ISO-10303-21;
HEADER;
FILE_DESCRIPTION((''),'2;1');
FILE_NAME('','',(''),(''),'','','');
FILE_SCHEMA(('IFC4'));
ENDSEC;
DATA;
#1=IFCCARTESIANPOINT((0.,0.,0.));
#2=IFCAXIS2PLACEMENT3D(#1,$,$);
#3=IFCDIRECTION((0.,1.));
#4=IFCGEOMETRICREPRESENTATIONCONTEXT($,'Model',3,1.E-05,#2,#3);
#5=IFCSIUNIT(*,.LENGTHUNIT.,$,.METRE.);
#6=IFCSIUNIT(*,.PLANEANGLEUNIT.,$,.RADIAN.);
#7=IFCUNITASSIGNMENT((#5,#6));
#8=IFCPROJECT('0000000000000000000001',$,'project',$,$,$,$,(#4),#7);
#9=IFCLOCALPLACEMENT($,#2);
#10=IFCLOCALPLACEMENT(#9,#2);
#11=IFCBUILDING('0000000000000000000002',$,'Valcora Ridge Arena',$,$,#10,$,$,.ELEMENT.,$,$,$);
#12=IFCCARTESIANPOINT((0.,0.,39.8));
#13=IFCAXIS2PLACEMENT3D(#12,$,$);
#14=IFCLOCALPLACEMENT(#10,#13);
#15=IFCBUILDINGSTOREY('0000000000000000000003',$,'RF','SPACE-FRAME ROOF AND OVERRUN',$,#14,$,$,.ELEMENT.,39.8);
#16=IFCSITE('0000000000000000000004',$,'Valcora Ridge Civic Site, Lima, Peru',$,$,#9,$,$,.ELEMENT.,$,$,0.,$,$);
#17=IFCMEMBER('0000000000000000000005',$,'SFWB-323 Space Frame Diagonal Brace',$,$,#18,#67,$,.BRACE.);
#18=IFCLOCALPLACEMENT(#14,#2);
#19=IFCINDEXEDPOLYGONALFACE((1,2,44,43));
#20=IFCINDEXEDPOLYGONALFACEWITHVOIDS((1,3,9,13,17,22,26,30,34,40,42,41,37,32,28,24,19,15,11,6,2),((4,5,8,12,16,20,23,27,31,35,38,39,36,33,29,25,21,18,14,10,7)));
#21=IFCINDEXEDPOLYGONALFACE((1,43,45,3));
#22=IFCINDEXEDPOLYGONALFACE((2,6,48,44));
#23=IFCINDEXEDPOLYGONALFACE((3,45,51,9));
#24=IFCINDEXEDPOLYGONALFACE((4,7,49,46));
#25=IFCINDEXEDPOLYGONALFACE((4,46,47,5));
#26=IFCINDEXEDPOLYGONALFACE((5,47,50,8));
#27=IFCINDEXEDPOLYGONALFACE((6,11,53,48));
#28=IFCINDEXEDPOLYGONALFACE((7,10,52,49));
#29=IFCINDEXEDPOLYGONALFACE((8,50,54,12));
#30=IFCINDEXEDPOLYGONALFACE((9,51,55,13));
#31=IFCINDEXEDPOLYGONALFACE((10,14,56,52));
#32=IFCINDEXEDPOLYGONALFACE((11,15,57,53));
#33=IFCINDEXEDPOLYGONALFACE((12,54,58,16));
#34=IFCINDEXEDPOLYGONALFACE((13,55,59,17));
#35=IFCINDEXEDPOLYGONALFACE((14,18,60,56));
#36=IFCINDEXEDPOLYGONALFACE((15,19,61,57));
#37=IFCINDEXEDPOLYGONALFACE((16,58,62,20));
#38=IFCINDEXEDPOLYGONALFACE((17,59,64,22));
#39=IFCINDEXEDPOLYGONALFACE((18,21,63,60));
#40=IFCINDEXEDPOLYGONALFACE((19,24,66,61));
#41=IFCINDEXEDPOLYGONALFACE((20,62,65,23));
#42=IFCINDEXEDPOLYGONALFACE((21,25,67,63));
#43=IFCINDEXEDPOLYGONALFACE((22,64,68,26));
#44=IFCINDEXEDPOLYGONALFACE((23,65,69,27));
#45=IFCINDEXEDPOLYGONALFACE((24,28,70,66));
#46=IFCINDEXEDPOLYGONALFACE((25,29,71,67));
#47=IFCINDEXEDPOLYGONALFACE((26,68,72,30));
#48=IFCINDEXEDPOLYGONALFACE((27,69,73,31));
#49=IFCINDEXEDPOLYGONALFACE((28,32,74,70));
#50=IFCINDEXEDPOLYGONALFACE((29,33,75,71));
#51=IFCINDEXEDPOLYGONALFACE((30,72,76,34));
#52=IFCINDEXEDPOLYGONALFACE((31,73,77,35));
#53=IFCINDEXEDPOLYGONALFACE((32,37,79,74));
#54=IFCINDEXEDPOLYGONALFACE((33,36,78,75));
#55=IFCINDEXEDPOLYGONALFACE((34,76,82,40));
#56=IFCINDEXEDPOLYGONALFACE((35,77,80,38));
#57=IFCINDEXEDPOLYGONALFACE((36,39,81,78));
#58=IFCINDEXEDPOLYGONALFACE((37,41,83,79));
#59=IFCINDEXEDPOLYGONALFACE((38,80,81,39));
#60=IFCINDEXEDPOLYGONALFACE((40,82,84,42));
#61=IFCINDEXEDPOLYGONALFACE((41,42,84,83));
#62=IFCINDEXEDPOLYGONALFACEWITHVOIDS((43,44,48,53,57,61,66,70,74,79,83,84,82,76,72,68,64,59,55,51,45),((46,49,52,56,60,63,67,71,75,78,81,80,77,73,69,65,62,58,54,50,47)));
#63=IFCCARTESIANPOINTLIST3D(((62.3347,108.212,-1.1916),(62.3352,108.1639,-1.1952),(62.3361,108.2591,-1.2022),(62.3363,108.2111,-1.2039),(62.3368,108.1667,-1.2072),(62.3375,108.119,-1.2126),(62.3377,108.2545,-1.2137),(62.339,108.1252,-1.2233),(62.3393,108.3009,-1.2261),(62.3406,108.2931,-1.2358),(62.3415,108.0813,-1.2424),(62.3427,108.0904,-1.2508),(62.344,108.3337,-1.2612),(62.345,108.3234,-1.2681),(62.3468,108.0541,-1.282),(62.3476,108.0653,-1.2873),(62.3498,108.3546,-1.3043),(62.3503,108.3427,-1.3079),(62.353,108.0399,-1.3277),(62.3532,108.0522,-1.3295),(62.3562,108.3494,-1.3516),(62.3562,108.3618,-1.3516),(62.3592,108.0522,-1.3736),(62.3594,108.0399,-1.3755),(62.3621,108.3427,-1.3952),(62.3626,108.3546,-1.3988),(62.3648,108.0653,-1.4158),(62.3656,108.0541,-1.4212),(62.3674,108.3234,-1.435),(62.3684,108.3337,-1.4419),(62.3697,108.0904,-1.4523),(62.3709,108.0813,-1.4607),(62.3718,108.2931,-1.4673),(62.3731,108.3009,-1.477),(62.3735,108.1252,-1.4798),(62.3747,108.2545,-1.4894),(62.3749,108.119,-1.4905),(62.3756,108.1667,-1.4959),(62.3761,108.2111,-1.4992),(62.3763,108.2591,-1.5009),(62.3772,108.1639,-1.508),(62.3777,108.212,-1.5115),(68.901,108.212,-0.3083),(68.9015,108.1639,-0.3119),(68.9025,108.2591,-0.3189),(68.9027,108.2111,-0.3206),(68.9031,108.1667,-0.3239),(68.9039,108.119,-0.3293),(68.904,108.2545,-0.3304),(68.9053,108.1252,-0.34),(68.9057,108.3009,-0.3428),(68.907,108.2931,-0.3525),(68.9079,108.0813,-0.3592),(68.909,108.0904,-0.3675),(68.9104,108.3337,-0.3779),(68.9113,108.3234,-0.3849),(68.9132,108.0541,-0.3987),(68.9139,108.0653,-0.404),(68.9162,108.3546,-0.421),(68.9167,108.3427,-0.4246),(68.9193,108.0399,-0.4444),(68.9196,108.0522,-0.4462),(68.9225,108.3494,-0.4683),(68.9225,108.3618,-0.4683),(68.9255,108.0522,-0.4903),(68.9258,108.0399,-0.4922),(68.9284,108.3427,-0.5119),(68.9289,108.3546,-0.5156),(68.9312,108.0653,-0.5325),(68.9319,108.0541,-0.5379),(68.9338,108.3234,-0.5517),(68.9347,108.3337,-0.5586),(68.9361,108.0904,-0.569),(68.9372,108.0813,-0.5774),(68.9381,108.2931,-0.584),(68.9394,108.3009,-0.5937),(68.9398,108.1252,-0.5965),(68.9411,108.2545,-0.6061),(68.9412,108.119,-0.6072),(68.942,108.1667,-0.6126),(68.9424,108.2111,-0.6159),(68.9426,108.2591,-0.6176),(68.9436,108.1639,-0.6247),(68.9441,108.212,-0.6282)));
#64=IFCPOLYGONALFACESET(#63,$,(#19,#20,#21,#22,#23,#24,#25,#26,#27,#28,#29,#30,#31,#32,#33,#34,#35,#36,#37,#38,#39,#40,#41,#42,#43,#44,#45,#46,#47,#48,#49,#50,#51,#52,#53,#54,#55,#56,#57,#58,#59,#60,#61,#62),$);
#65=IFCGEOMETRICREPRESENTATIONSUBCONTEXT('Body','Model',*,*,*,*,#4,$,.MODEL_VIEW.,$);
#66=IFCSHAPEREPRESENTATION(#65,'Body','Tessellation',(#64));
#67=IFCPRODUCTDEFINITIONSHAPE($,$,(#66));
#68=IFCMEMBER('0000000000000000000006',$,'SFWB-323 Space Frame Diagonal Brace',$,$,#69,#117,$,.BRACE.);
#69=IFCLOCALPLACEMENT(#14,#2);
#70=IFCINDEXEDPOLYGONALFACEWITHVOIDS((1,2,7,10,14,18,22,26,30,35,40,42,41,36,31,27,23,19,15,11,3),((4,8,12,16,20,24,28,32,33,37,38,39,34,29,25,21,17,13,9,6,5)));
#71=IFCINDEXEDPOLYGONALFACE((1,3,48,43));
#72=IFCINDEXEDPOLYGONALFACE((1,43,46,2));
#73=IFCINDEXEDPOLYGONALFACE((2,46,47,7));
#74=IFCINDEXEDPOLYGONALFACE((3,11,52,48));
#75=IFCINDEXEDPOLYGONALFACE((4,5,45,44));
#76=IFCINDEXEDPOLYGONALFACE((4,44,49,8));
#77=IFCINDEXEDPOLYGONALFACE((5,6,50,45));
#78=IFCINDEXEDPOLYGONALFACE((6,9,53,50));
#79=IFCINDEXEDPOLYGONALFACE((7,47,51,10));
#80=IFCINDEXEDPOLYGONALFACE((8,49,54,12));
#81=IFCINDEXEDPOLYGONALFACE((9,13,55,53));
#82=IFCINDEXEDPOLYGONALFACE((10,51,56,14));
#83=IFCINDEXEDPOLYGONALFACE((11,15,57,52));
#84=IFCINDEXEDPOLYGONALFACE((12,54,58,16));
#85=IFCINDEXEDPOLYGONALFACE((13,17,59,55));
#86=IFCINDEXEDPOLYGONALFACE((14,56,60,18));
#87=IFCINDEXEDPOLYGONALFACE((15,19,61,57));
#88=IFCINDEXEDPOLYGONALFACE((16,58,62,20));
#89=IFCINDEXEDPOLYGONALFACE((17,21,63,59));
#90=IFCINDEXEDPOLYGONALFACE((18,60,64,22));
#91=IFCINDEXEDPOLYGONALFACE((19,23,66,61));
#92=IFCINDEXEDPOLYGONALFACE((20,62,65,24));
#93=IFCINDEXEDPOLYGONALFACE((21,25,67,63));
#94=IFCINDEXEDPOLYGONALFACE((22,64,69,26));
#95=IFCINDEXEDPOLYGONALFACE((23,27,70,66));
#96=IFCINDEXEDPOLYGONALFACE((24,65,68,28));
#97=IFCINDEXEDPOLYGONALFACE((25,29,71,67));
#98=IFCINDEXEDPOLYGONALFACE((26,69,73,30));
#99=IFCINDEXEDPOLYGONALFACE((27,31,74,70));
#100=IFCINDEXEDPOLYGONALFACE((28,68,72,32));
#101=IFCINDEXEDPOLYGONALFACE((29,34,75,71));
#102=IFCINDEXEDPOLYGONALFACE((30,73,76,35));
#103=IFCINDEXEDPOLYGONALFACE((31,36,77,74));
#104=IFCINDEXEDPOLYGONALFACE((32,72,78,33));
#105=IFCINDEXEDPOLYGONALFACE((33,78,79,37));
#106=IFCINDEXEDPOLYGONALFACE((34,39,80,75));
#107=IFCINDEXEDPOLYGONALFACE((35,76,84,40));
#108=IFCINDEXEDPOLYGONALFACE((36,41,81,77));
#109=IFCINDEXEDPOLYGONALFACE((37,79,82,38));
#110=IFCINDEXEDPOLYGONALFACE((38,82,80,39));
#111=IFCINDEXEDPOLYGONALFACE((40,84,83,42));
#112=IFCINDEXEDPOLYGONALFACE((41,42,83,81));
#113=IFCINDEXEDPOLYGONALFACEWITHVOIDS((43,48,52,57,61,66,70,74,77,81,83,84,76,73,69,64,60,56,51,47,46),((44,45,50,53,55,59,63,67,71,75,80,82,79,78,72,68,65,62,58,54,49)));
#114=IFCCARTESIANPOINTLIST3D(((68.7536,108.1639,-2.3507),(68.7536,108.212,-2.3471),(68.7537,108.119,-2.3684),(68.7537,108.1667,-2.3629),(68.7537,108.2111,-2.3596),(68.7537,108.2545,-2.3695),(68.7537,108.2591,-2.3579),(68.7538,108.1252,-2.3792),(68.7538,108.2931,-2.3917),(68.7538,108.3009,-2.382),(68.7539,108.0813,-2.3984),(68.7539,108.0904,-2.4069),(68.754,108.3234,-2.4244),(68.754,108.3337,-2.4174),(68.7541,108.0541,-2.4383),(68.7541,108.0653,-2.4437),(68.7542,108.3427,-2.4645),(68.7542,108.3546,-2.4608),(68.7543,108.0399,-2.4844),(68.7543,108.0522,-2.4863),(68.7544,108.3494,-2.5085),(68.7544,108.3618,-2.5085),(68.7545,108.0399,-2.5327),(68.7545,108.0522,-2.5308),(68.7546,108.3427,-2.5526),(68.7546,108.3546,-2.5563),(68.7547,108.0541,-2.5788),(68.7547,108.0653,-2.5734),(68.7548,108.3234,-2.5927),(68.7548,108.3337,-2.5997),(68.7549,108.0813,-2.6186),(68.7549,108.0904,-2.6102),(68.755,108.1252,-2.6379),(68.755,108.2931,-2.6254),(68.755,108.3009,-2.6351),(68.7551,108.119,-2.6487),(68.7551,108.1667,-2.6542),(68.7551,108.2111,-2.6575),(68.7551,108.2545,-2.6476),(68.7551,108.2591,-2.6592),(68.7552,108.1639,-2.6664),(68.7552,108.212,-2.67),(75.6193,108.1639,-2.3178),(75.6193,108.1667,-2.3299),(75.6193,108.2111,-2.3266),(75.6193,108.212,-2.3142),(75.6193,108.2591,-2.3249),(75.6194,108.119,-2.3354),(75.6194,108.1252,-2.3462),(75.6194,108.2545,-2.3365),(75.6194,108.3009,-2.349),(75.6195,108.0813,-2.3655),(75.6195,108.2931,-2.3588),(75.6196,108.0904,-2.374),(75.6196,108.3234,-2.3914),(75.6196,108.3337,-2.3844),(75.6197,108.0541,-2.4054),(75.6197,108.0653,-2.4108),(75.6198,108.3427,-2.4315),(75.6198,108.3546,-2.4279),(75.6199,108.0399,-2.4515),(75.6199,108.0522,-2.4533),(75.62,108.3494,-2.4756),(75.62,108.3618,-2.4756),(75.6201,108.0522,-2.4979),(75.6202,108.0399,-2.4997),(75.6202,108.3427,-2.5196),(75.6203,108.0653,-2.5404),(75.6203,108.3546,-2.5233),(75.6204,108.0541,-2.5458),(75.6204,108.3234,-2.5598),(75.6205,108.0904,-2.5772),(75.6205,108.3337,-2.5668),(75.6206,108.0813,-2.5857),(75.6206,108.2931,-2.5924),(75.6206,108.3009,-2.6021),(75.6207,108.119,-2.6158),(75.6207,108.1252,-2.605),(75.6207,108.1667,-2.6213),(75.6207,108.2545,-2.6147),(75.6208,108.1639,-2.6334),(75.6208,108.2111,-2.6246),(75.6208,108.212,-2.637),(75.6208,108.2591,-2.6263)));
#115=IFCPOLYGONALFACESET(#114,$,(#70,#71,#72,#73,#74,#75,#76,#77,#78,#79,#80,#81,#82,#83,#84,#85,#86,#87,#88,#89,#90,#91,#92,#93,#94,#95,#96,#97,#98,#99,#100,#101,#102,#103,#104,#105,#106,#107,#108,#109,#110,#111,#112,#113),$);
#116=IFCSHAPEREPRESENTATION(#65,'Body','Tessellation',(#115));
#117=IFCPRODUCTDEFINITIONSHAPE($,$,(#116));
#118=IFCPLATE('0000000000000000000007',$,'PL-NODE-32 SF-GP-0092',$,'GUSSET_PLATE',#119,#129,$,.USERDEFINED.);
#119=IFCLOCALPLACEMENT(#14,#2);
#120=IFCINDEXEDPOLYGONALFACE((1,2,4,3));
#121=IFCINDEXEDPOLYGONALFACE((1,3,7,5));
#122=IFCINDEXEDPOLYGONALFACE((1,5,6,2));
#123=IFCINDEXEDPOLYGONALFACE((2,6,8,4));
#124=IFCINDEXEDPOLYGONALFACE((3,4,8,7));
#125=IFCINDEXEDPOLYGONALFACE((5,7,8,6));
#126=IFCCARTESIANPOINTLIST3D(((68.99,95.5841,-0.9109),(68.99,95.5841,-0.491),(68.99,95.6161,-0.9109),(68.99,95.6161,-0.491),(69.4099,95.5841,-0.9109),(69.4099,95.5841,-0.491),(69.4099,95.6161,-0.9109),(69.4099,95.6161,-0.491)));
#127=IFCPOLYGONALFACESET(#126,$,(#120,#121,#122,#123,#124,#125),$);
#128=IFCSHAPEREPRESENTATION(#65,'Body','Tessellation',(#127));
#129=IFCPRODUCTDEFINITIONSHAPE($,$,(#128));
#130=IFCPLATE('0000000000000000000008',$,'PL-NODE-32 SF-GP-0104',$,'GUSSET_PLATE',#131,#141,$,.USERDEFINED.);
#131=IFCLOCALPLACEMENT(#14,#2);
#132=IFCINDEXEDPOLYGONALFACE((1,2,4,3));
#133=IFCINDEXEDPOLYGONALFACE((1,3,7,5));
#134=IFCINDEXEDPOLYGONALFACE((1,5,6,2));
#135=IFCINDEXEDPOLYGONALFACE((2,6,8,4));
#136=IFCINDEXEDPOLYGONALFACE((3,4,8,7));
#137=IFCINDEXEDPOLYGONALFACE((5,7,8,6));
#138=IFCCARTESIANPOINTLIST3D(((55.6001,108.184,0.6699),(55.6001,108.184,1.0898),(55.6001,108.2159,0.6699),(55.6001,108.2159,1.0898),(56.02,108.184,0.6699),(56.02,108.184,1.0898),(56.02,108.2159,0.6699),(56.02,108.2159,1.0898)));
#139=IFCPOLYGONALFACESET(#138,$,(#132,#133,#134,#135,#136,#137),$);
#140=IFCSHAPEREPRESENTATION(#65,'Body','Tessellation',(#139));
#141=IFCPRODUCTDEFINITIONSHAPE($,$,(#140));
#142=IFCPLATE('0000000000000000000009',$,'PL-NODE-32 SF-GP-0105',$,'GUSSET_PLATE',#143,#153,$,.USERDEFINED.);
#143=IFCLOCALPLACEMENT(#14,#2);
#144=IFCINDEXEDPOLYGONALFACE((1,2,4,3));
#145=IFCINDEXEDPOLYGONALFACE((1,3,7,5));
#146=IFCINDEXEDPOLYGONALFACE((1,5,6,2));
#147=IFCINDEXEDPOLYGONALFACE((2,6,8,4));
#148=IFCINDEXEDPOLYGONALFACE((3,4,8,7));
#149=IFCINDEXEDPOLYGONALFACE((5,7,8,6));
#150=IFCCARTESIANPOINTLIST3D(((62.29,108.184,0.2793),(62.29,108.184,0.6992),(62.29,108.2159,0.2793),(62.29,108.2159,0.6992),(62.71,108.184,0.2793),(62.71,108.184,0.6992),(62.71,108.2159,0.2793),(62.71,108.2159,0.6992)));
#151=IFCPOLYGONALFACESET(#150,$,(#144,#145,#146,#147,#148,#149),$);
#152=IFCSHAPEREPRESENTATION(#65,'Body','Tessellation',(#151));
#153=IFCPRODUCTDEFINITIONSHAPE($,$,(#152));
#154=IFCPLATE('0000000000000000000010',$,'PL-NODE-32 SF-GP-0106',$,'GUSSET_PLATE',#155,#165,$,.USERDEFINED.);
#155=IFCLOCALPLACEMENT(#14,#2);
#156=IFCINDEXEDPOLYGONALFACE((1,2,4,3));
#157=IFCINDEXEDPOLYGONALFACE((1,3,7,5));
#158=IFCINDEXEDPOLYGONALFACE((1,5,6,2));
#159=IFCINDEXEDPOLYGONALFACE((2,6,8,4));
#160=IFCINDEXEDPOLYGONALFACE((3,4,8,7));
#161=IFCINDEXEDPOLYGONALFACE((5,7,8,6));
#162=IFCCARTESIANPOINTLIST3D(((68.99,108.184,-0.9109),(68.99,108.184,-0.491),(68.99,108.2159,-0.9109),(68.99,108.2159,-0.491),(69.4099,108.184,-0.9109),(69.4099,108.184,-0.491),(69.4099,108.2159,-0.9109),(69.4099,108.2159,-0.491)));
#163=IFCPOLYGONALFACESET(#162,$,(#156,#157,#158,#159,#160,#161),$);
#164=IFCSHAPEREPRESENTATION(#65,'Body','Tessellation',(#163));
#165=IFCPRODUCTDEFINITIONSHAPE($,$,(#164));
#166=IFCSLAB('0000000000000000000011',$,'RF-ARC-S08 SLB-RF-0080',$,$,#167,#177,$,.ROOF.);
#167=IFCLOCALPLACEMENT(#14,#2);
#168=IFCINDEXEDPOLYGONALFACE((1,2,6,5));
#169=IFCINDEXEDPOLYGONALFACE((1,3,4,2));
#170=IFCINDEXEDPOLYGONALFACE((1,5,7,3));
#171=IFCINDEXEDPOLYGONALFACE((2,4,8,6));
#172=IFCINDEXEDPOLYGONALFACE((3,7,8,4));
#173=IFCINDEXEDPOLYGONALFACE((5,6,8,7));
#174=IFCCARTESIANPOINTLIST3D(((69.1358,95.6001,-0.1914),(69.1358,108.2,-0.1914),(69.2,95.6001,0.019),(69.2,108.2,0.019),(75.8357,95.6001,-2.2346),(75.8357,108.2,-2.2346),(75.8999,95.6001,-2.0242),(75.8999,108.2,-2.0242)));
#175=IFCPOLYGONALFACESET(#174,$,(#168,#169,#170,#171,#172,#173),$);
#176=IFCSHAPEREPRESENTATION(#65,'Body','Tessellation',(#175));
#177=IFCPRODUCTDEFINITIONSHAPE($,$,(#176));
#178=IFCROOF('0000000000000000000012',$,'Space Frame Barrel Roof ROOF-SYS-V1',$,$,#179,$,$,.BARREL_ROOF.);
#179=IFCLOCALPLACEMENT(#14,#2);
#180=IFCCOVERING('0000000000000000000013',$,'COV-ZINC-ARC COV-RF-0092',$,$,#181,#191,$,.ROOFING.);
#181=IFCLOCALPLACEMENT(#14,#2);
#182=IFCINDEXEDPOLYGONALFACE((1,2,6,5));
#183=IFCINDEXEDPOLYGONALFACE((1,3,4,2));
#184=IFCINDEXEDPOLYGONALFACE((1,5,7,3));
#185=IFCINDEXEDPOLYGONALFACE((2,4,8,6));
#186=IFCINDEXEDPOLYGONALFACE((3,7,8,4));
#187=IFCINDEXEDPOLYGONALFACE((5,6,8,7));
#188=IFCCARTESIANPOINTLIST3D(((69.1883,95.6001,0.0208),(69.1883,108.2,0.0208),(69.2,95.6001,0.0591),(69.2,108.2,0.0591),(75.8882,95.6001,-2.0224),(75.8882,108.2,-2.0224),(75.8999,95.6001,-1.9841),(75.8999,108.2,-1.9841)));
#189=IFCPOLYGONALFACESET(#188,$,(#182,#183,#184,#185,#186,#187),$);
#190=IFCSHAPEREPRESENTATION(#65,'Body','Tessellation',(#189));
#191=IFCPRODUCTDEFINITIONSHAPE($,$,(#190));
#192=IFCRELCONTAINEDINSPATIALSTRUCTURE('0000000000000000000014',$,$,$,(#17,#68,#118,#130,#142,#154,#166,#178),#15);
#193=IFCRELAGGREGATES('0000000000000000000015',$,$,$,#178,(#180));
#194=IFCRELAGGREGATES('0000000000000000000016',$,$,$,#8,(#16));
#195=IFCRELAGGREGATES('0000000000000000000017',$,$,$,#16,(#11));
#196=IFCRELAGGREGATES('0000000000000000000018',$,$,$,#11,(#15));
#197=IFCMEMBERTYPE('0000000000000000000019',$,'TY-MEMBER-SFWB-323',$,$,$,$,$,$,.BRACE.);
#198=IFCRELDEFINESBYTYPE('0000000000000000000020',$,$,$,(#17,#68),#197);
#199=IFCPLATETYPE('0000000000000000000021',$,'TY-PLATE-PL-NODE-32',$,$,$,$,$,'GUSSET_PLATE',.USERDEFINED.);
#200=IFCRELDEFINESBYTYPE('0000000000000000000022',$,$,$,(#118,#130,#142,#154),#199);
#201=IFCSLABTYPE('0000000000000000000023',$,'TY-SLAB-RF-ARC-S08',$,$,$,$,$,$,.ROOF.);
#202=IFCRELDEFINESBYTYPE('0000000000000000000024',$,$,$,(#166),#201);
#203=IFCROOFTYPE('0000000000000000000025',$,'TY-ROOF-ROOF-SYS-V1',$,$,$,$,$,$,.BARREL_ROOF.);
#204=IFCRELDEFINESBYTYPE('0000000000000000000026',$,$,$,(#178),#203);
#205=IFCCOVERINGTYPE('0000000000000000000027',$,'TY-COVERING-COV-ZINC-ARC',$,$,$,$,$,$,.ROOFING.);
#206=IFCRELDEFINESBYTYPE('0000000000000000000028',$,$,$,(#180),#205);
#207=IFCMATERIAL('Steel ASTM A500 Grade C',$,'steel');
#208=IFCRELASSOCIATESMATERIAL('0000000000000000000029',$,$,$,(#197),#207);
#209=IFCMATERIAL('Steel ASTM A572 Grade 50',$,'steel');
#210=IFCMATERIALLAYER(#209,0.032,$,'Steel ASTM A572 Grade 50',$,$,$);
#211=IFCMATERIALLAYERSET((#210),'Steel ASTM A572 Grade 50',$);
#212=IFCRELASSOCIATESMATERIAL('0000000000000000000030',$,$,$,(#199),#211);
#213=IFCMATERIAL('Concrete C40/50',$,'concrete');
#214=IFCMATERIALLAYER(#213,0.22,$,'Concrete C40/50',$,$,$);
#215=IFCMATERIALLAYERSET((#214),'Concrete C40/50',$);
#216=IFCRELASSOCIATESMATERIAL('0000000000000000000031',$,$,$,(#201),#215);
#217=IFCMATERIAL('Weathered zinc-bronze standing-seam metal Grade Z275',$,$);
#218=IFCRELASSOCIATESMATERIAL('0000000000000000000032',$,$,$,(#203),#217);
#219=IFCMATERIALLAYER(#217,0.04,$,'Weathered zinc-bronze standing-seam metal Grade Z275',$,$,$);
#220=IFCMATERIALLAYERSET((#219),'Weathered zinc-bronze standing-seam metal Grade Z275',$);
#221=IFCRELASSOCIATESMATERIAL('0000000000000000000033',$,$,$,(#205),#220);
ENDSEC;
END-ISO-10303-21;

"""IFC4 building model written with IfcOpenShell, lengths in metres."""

from ifc_helpers import new_model, si_unit, direction, frame, origin, origin_2d, place, context, subcontext, project, spatial, polyline, rectangle, hollow_circle, outline, extrude, material, layer, layer_set, material_profile, profile_set, type_object, element, aggregate, save


model = new_model("IFC4")

# Units and contexts
model_context = context("Model", 3, precision=1e-05, world=origin(), true_north=direction((0.0, 1.0)))
body_context = subcontext(model_context, "Body", "Model", "MODEL_VIEW")
ifc_project = project(units=[si_unit("LENGTHUNIT", "METRE"), si_unit("PLANEANGLEUNIT", "RADIAN")], contexts=[model_context])

# Site, building, storey
site_placement = place(None, origin())
site = spatial("IfcSite", under=ifc_project, at=site_placement, Name="Valcora Ridge Civic Site, Lima, Peru", CompositionType="ELEMENT", RefElevation=0.0)
building_placement = place(site_placement, origin())
building = spatial("IfcBuilding", under=site, at=building_placement, Name="Valcora Ridge Arena", CompositionType="ELEMENT")
storey_placement = place(building_placement, frame((0.0, 0.0, 39.8)))
storey = spatial("IfcBuildingStorey", under=building, at=storey_placement, Name="RF", Description="SPACE-FRAME ROOF AND OVERRUN", CompositionType="ELEMENT", Elevation=39.8)

# Members
ifc_material_1 = material(Name="Steel ASTM A572 Grade 50", Category="steel")
ifc_material_2 = material(Name="Steel ASTM A500 Grade C", Category="steel")
ifc_material_profile_1 = material_profile(ifc_material_2, hollow_circle(Radius=0.1619, WallThickness=0.0125, at=origin_2d()), Name="CHS323X12")
ifc_profile_set_1 = profile_set([ifc_material_profile_1], Name="Steel ASTM A500 Grade C")
member_type_1 = type_object("IfcMemberType", Name="TY-MEMBER-SFWB-323", PredefinedType="BRACE", material=ifc_profile_set_1)
member_1_placement = place(storey_placement, frame((62.3562, 108.2, -1.3516), z_axis=(0.991073, 0.0, 0.133317), x_axis=(0.0, 1.0, 0.0)))
element("IfcMember", 1, at=member_1_placement, inside=storey, type_object=member_type_1, Name="SFWB-323 Space Frame Diagonal Brace", PredefinedType="BRACE", context=body_context, shape_type="SweptSolid", body=[
    extrude(hollow_circle(Radius=0.1619, WallThickness=0.0125, at=origin_2d()), origin(), (0.0, 0.0, 1.0), 6.6255),
])
member_2_placement = place(storey_placement, frame((68.7544, 108.2, -2.5085), z_axis=(0.999988, 0.0, 0.0048), x_axis=(0.0, 1.0, 0.0)))
element("IfcMember", 2, at=member_2_placement, inside=storey, type_object=member_type_1, Name="SFWB-323 Space Frame Diagonal Brace", PredefinedType="BRACE", context=body_context, shape_type="SweptSolid", body=[
    extrude(hollow_circle(Radius=0.1619, WallThickness=0.0125, at=origin_2d()), origin(), (0.0, 0.0, 1.0), 6.8657),
])

# Plates
ifc_layer_1 = layer(ifc_material_1, 0.032, Name="Steel ASTM A572 Grade 50")
ifc_layer_set_1 = layer_set([ifc_layer_1], Name="Steel ASTM A572 Grade 50")
plate_type = type_object("IfcPlateType", Name="TY-PLATE-PL-NODE-32", ElementType="GUSSET_PLATE", PredefinedType="USERDEFINED", material=ifc_layer_set_1)
for number, where, z_axis, x_axis, name in (
    (3, (69.2, 95.6001, -0.9109), (0.0, 0.0, 1.0), (1.0, 0.0, 0.0), "PL-NODE-32 SF-GP-0092"),
    (4, (55.8101, 108.2, 0.6699), (0.0, 0.0, 1.0), (1.0, 0.0, 0.0), "PL-NODE-32 SF-GP-0104"),
    (5, (62.5, 108.2, 0.2793), (0.0, 0.0, 1.0), (1.0, 0.0, 0.0), "PL-NODE-32 SF-GP-0105"),
    (6, (69.2, 108.2, -0.9109), (0.0, 0.0, 1.0), (1.0, 0.0, 0.0), "PL-NODE-32 SF-GP-0106"),
):
    element("IfcPlate", number, at=place(storey_placement, frame(where, z_axis=z_axis, x_axis=x_axis)), inside=storey, type_object=plate_type, Name=name, ObjectType="GUSSET_PLATE", PredefinedType="USERDEFINED", context=body_context, shape_type="SweptSolid", body=[
        extrude(rectangle(XDim=0.4199, YDim=0.032, at=origin_2d()), origin(), (0.0, 0.0, 1.0), 0.4199),
    ])

# Slab
ifc_material_3 = material(Name="Concrete C40/50", Category="concrete")
ifc_layer_2 = layer(ifc_material_3, 0.22, Name="Concrete C40/50")
ifc_layer_set_2 = layer_set([ifc_layer_2], Name="Concrete C40/50")
slab_type = type_object("IfcSlabType", Name="TY-SLAB-RF-ARC-S08", PredefinedType="ROOF", material=ifc_layer_set_2)
slab_placement = place(storey_placement, frame((69.2, 95.6001, 0.019), z_axis=(0.291697, 0.0, 0.956511), x_axis=(0.956511, 0.0, -0.291697)))
element("IfcSlab", 7, at=slab_placement, inside=storey, type_object=slab_type, Name="RF-ARC-S08 SLB-RF-0080", PredefinedType="ROOF", context=body_context, shape_type="SweptSolid", body=[
    extrude(outline(polyline([(0.0, 0.0), (7.0046, 0.0), (7.0046, 12.5999), (0.0, 12.5999), (0.0, 0.0)])), origin(), (0.0, 0.0, -1.0), 0.22),
])

# Roof, covering
ifc_material_4 = material(Name="Weathered zinc-bronze standing-seam metal Grade Z275")
roof_type = type_object("IfcRoofType", Name="TY-ROOF-ROOF-SYS-V1", PredefinedType="BARREL_ROOF", material=ifc_material_4)
roof_placement = place(storey_placement, origin())
roof = element("IfcRoof", 8, at=roof_placement, inside=storey, type_object=roof_type, Name="Space Frame Barrel Roof ROOF-SYS-V1", PredefinedType="BARREL_ROOF")
ifc_layer_3 = layer(ifc_material_4, 0.04, Name="Weathered zinc-bronze standing-seam metal Grade Z275")
ifc_layer_set_3 = layer_set([ifc_layer_3], Name="Weathered zinc-bronze standing-seam metal Grade Z275")
covering_type = type_object("IfcCoveringType", Name="TY-COVERING-COV-ZINC-ARC", PredefinedType="ROOFING", material=ifc_layer_set_3)
covering_placement = place(storey_placement, frame((69.2, 95.6001, 0.0591), z_axis=(0.291697, 0.0, 0.956511), x_axis=(0.956511, 0.0, -0.291697)))
covering = element("IfcCovering", 9, at=covering_placement, type_object=covering_type, Name="COV-ZINC-ARC COV-RF-0092", PredefinedType="ROOFING", context=body_context, shape_type="SweptSolid", body=[
    extrude(outline(polyline([(0.0, 0.0), (7.0046, 0.0), (7.0046, 12.5999), (0.0, 12.5999), (0.0, 0.0)])), origin(), (0.0, 0.0, -1.0), 0.04),
])
aggregate(roof, [covering])

save(model, "model.ifc")
